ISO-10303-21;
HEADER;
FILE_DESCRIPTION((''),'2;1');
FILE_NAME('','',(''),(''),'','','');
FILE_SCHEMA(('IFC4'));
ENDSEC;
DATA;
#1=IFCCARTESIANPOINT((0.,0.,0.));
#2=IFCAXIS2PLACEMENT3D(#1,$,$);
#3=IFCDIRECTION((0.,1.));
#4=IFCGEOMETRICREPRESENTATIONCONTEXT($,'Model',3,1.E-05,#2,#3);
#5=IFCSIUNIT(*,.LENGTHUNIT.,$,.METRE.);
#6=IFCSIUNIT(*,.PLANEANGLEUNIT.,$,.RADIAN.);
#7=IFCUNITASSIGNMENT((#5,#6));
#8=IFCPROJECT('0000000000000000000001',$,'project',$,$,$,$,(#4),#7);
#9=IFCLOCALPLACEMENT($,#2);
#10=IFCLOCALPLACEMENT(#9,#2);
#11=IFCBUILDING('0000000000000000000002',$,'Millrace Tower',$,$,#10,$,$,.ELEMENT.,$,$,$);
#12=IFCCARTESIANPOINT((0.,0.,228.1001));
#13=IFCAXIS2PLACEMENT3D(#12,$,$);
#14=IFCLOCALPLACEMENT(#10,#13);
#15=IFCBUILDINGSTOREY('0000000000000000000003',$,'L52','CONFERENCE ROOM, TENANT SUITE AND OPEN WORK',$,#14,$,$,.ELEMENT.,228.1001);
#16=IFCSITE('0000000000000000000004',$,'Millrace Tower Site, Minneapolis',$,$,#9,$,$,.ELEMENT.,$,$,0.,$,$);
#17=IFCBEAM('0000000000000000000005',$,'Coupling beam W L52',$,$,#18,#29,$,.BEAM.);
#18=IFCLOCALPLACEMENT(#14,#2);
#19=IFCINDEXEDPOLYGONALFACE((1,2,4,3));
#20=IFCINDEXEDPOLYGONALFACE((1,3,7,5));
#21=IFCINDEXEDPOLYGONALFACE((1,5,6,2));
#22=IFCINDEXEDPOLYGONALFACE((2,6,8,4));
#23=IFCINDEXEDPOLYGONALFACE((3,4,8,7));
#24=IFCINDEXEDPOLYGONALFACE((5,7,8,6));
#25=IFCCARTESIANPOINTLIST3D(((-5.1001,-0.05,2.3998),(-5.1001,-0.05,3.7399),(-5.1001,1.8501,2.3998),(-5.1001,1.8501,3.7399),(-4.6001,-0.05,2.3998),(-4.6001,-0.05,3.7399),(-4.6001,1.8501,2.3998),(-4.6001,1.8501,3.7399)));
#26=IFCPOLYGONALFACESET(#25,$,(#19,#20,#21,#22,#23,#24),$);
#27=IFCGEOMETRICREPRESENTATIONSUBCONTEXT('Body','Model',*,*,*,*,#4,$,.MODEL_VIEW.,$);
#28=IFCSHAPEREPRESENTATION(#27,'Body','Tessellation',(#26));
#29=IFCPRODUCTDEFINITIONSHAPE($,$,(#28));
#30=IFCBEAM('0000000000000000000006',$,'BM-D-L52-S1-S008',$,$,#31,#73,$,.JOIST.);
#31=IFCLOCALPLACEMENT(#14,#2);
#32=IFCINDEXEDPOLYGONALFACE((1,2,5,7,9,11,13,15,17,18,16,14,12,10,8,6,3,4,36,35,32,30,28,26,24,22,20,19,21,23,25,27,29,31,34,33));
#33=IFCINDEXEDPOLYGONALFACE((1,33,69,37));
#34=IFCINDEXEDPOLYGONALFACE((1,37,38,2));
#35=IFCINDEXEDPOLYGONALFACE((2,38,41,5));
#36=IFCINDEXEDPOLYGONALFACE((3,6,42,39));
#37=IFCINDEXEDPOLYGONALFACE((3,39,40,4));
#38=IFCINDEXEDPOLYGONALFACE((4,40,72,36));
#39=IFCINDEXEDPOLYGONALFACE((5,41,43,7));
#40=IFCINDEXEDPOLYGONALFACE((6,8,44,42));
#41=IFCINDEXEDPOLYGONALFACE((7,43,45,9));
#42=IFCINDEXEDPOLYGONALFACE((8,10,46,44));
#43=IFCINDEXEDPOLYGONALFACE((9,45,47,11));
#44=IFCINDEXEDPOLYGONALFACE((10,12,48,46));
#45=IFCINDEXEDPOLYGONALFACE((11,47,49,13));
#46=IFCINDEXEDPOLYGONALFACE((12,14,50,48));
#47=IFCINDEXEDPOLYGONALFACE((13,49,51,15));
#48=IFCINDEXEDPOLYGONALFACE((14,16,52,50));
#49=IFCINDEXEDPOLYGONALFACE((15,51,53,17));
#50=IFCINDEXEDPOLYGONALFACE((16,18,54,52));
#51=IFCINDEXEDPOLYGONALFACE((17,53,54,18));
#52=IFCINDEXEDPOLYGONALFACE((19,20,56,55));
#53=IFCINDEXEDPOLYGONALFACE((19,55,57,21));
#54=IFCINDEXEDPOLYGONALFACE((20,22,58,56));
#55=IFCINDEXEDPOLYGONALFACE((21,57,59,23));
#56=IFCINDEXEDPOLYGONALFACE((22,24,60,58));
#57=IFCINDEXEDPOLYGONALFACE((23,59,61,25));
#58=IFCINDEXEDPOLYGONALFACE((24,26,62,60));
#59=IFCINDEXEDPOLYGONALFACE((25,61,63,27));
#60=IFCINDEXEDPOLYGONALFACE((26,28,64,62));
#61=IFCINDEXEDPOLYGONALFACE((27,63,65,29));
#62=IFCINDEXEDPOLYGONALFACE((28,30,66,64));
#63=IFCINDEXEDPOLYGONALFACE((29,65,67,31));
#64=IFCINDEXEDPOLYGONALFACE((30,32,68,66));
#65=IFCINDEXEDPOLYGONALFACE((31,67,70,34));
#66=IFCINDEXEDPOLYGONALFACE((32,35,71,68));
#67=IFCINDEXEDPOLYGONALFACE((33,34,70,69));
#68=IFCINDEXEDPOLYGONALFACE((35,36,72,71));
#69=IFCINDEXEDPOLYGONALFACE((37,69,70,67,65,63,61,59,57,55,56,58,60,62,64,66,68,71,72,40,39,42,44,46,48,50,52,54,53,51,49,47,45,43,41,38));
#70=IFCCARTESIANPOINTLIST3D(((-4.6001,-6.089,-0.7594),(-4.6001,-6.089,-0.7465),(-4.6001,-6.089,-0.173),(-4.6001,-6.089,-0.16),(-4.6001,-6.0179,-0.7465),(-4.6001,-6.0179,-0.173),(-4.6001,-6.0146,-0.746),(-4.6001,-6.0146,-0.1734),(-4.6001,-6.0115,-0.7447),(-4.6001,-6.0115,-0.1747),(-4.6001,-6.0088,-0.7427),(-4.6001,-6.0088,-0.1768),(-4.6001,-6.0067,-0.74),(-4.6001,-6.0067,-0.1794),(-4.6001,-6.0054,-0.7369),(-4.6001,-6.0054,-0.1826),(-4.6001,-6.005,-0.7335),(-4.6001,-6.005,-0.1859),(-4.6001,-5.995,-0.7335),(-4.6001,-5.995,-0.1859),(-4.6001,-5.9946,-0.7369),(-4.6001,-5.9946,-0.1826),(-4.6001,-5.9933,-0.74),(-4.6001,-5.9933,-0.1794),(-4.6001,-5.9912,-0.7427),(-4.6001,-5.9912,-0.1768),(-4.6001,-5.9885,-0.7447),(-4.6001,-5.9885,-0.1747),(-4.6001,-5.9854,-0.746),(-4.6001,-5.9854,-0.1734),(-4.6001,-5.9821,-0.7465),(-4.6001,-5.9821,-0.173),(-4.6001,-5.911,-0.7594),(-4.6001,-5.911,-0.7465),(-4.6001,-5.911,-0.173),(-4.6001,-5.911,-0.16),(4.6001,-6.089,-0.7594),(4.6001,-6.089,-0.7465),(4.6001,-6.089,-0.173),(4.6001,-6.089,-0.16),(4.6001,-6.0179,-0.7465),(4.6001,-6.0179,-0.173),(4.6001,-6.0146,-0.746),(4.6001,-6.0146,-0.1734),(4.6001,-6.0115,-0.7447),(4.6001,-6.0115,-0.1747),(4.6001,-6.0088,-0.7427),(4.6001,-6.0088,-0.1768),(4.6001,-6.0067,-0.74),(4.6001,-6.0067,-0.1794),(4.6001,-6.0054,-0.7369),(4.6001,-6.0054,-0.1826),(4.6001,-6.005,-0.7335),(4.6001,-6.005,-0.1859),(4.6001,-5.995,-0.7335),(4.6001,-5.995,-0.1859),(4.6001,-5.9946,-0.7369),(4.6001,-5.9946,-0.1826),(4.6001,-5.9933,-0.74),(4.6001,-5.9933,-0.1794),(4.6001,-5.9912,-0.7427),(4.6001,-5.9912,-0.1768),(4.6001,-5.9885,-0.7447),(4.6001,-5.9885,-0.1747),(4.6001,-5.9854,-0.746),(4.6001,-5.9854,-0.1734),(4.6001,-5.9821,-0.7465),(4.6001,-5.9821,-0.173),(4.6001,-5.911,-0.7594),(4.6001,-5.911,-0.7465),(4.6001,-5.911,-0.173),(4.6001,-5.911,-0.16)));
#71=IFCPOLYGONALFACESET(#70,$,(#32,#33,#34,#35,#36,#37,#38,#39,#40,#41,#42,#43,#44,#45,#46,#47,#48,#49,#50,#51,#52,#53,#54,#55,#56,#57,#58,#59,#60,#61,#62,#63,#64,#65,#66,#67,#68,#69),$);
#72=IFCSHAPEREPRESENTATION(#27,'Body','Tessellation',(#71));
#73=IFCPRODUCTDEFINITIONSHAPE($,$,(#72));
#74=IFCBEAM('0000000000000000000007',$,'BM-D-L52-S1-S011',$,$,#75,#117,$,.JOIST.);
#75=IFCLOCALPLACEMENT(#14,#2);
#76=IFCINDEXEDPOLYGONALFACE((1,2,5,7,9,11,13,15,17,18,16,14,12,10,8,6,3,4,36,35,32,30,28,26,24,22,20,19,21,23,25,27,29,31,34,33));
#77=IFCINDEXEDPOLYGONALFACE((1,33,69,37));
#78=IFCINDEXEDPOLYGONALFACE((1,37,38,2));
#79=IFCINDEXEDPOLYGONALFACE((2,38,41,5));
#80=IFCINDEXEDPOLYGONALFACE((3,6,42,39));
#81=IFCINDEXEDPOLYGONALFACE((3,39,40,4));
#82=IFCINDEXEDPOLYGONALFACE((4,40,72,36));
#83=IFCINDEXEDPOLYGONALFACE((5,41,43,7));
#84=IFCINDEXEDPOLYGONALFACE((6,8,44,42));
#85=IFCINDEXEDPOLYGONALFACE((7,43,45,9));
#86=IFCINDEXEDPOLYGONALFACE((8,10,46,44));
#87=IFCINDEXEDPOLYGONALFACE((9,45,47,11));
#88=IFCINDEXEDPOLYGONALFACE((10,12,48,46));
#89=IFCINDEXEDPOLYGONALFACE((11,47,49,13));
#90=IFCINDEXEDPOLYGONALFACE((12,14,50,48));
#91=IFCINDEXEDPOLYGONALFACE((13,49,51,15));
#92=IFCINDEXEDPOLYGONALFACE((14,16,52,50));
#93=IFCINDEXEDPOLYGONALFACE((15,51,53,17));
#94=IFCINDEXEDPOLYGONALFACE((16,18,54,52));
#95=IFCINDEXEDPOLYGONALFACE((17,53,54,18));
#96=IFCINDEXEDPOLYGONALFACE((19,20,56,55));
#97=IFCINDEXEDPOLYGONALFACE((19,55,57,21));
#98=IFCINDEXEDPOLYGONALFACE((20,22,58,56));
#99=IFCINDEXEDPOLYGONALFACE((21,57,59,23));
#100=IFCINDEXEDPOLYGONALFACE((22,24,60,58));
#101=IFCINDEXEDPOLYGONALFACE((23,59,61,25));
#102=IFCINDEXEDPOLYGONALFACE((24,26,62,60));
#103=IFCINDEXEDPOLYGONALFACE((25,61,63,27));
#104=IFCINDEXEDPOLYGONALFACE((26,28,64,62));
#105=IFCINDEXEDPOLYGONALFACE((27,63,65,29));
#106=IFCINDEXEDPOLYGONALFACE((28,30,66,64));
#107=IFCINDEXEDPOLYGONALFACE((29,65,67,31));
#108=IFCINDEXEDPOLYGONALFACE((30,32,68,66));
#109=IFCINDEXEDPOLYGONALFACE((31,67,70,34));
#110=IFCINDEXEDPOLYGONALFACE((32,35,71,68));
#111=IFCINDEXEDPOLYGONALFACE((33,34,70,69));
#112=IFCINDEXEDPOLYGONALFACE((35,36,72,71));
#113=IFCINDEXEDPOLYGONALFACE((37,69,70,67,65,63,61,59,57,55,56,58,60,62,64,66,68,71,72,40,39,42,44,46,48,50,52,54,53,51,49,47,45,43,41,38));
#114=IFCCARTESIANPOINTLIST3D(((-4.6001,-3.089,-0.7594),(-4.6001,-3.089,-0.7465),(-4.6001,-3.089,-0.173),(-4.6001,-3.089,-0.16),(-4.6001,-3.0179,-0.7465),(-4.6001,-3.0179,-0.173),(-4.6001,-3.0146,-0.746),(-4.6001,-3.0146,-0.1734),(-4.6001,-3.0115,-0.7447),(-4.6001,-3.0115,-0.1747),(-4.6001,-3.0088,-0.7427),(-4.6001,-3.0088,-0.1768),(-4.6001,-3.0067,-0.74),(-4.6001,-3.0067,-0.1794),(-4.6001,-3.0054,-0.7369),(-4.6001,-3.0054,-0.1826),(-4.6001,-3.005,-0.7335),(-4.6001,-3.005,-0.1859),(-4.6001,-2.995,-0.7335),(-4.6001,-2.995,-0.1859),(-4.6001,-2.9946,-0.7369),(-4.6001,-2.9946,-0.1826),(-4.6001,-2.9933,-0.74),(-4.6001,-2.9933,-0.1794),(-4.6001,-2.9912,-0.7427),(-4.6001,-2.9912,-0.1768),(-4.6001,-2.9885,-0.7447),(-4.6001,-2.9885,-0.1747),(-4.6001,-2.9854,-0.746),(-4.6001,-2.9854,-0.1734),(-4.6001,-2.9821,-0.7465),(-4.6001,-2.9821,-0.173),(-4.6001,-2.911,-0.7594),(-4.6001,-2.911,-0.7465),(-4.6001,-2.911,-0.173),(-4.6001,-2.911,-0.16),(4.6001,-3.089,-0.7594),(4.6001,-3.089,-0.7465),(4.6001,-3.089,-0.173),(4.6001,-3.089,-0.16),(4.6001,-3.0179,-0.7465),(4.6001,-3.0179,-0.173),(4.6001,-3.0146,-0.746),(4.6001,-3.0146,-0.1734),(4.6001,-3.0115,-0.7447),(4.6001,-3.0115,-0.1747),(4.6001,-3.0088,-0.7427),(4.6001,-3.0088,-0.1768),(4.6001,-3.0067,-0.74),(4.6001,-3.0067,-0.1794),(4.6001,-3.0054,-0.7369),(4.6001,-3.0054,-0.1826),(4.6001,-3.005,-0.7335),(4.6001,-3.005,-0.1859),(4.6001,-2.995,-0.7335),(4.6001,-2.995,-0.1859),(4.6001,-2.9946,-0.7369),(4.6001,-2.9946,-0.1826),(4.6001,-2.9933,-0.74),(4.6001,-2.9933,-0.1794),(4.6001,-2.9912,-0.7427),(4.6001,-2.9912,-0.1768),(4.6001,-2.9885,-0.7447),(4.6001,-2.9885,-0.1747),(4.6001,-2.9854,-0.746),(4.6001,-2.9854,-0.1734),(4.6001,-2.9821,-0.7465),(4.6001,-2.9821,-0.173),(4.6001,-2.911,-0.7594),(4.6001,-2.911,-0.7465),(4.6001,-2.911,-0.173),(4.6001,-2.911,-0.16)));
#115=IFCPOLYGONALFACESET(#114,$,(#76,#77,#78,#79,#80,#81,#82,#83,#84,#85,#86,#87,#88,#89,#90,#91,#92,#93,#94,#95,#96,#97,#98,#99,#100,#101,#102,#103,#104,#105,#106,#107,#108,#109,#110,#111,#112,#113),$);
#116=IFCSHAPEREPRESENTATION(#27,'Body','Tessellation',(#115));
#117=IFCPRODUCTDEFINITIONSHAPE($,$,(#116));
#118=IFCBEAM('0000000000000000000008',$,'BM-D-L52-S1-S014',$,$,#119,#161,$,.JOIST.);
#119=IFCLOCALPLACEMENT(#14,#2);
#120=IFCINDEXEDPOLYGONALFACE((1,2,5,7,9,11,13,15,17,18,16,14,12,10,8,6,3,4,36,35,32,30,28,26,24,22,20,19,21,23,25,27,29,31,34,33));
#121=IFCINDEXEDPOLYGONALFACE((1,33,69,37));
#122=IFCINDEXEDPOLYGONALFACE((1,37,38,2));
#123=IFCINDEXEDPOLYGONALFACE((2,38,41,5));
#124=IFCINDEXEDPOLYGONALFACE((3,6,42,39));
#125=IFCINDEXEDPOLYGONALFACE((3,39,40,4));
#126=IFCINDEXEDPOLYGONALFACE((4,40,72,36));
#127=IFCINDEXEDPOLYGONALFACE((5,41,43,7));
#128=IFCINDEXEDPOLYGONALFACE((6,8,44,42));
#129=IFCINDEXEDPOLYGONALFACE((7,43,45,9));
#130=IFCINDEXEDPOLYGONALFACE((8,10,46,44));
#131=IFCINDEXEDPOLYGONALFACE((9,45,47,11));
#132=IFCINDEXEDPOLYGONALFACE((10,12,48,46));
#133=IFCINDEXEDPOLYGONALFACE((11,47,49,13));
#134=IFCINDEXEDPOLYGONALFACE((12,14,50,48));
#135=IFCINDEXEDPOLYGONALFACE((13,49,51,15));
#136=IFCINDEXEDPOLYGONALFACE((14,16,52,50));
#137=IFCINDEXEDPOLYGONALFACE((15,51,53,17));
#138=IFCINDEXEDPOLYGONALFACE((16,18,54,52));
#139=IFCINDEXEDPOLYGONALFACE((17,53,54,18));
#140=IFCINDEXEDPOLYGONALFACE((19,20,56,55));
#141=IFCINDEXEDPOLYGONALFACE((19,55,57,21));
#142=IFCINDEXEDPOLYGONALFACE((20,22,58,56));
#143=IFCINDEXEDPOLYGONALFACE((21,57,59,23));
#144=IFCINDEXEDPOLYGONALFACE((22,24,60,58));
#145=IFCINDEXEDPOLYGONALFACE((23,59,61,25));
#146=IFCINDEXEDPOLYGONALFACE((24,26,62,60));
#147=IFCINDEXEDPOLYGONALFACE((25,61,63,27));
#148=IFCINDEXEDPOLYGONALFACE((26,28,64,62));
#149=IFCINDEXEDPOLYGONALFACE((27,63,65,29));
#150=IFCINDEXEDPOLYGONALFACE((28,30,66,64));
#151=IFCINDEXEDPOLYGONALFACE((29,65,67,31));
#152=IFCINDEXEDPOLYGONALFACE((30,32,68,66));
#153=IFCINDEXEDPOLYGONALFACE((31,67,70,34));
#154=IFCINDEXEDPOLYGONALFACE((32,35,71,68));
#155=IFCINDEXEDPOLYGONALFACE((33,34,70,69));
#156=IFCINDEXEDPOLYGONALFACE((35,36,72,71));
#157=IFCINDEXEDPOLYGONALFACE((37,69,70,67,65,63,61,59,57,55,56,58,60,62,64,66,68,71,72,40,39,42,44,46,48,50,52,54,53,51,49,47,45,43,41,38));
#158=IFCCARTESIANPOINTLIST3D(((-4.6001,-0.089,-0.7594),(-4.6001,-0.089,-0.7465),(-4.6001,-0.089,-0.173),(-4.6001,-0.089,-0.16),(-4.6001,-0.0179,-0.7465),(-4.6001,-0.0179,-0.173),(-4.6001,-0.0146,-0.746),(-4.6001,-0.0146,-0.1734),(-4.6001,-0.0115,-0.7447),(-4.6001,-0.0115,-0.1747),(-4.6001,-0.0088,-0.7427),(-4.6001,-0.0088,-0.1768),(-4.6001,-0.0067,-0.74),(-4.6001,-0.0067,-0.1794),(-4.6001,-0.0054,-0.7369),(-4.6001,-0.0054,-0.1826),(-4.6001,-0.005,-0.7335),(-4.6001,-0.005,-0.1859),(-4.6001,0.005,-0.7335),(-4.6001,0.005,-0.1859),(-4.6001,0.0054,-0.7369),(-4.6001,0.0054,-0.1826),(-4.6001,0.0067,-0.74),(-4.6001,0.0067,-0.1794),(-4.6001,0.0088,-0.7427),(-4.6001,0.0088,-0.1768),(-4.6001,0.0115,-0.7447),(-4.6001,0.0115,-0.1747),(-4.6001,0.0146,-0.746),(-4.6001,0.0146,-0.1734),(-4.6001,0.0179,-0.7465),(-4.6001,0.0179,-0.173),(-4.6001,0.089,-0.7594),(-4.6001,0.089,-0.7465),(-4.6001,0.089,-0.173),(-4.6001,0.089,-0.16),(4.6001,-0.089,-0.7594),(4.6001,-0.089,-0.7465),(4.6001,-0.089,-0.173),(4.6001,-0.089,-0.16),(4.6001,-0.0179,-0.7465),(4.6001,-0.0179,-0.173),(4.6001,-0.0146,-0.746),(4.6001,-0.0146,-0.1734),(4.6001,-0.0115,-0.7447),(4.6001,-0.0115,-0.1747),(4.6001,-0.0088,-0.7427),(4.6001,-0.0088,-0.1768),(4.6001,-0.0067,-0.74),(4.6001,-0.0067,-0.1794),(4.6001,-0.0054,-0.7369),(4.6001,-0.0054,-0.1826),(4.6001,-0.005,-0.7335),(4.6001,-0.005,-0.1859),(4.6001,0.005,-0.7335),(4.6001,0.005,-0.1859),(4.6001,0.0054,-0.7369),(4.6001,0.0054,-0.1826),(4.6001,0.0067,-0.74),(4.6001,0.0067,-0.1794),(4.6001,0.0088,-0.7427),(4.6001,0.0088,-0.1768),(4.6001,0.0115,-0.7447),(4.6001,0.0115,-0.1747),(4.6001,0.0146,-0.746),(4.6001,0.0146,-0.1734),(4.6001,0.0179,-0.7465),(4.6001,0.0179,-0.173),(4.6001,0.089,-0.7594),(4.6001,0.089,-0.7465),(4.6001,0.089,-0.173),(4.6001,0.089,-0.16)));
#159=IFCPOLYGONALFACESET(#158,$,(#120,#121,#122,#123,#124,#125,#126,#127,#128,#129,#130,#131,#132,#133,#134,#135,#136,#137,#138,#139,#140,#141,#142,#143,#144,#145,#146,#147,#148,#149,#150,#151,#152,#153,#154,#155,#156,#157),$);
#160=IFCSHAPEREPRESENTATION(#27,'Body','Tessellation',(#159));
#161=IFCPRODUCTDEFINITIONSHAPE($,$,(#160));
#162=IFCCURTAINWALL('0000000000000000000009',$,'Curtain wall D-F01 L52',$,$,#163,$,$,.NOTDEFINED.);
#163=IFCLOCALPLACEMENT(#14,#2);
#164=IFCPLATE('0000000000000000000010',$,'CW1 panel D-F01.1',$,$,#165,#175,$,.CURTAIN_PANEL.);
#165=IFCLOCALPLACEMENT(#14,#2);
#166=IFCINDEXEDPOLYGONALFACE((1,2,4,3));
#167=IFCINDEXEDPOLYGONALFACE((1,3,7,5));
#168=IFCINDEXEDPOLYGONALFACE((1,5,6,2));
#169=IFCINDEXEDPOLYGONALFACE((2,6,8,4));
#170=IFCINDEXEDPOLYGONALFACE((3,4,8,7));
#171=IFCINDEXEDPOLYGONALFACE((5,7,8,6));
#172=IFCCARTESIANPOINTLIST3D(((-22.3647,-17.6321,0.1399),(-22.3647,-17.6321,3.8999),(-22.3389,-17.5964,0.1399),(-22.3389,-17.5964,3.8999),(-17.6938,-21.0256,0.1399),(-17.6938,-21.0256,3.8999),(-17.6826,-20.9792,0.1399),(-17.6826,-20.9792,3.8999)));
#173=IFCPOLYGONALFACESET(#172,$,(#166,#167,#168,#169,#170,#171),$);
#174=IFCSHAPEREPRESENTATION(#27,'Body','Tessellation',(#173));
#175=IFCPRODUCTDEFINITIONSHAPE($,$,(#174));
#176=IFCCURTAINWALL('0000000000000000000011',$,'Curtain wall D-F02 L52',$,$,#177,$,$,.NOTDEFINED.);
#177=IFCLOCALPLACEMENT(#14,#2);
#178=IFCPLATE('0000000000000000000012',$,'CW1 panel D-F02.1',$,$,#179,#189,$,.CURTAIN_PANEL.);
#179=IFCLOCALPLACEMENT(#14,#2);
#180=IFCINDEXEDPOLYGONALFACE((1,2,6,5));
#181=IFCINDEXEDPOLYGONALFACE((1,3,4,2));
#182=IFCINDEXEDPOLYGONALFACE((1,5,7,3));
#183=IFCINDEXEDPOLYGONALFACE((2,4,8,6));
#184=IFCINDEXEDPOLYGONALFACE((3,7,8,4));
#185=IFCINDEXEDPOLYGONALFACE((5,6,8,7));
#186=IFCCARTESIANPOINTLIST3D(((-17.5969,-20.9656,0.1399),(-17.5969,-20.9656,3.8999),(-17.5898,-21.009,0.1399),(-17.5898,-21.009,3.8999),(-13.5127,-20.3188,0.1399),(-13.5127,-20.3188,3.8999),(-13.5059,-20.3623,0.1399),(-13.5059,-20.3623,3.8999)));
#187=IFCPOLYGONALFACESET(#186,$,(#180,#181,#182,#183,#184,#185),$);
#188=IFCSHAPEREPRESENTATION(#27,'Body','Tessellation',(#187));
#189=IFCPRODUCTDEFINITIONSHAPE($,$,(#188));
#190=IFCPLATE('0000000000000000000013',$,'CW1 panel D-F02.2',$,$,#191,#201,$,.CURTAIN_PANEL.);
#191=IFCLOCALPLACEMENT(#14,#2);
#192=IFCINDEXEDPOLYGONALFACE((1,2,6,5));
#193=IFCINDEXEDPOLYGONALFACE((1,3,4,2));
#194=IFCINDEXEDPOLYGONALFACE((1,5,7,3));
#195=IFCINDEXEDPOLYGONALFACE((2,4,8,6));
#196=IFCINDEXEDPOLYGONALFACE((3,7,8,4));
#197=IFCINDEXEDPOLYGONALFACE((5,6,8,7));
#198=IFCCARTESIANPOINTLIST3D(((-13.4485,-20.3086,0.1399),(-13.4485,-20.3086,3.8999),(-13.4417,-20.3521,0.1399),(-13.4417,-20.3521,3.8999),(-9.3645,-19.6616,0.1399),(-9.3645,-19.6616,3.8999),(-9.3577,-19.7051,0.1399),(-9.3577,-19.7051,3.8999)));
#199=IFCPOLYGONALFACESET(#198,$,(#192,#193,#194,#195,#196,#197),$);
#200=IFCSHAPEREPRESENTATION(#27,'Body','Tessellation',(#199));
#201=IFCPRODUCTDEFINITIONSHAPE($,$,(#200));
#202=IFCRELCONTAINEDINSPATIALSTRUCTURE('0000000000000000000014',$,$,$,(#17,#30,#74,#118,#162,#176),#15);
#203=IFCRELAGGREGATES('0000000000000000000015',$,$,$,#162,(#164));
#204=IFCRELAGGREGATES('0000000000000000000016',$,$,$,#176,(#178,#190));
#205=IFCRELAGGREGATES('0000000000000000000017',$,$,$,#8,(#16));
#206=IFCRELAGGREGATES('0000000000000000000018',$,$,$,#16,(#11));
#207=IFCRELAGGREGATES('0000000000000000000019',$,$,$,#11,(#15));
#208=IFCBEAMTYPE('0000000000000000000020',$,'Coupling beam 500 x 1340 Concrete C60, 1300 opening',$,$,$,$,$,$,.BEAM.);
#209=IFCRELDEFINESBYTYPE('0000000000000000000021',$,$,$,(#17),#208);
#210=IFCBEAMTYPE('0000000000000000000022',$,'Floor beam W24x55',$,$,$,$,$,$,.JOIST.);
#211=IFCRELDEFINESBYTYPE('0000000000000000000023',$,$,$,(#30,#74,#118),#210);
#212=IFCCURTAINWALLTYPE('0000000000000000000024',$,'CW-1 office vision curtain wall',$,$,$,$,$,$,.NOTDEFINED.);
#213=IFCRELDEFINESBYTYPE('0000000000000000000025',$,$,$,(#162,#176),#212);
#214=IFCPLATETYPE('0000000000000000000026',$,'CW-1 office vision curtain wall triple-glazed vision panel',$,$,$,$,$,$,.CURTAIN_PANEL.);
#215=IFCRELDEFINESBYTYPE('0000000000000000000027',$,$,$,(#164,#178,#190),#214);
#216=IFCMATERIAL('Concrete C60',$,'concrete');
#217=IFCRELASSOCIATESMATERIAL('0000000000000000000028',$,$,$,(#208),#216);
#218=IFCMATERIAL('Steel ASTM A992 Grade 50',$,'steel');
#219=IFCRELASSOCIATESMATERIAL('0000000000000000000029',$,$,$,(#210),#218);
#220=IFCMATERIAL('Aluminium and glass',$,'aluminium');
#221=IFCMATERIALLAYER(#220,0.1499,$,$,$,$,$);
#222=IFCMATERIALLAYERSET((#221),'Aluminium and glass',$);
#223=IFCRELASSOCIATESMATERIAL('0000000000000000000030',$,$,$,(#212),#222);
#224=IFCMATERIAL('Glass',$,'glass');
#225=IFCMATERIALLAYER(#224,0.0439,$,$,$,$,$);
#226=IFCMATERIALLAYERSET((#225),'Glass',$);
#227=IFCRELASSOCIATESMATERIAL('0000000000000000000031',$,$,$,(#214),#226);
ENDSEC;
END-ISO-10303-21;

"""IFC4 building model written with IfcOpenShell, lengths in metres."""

from ifc_helpers import new_model, si_unit, direction, frame, origin, origin_2d, place, context, subcontext, project, spatial, polyline, rectangle, i_section, outline, extrude, material, layer, layer_set, material_profile, profile_set, type_object, element, aggregate, save


model = new_model("IFC4")

# Units and contexts
model_context = context("Model", 3, precision=1e-05, world=origin(), true_north=direction((0.0, 1.0)))
body_context = subcontext(model_context, "Body", "Model", "MODEL_VIEW")
ifc_project = project(units=[si_unit("LENGTHUNIT", "METRE"), si_unit("PLANEANGLEUNIT", "RADIAN")], contexts=[model_context])

# Site, building, storey
site_placement = place(None, origin())
site = spatial("IfcSite", under=ifc_project, at=site_placement, Name="Millrace Tower Site, Minneapolis", CompositionType="ELEMENT", RefElevation=0.0)
building_placement = place(site_placement, origin())
building = spatial("IfcBuilding", under=site, at=building_placement, Name="Millrace Tower", CompositionType="ELEMENT")
storey_placement = place(building_placement, frame((0.0, 0.0, 228.1001)))
storey = spatial("IfcBuildingStorey", under=building, at=storey_placement, Name="L52", Description="CONFERENCE ROOM, TENANT SUITE AND OPEN WORK", CompositionType="ELEMENT", Elevation=228.1001)

# Beams
ifc_material_1 = material(Name="Concrete C60", Category="concrete")
ifc_material_profile_1 = material_profile(ifc_material_1, rectangle(XDim=0.5, YDim=1.3401, at=origin_2d()))
ifc_profile_set_1 = profile_set([ifc_material_profile_1], Name="Concrete C60")
beam_type_1 = type_object("IfcBeamType", Name="Coupling beam 500 x 1340 Concrete C60, 1300 opening", PredefinedType="BEAM", material=ifc_profile_set_1)
beam_placement = place(storey_placement, frame((-4.8501, -0.05, 3.0698), z_axis=(0.0, 1.0, 0.0), x_axis=(-1.0, 0.0, 0.0)))
element("IfcBeam", 1, at=beam_placement, inside=storey, type_object=beam_type_1, Name="Coupling beam W L52", PredefinedType="BEAM", context=body_context, shape_type="SweptSolid", body=[
    extrude(rectangle(XDim=0.5, YDim=1.3401, at=origin_2d()), origin(), (0.0, 0.0, 1.0), 1.9001),
])
ifc_material_2 = material(Name="Steel ASTM A992 Grade 50", Category="steel")
ifc_material_profile_2 = material_profile(ifc_material_2, i_section(OverallWidth=0.178, OverallDepth=0.5994, WebThickness=0.01, FlangeThickness=0.0129, FilletRadius=0.0129, at=origin_2d()))
ifc_profile_set_2 = profile_set([ifc_material_profile_2], Name="Steel ASTM A992 Grade 50")
beam_type_2 = type_object("IfcBeamType", Name="Floor beam W24x55", PredefinedType="JOIST", material=ifc_profile_set_2)
for number, where, z_axis, x_axis, name in (
    (2, (-4.6001, -6.0, -0.4597), (1.0, 0.0, 0.0), (0.0, 1.0, 0.0), "BM-D-L52-S1-S008"),
    (3, (-4.6001, -3.0, -0.4597), (1.0, 0.0, 0.0), (0.0, 1.0, 0.0), "BM-D-L52-S1-S011"),
    (4, (-4.6001, 0.0, -0.4597), (1.0, 0.0, 0.0), (0.0, 1.0, 0.0), "BM-D-L52-S1-S014"),
):
    element("IfcBeam", number, at=place(storey_placement, frame(where, z_axis=z_axis, x_axis=x_axis)), inside=storey, type_object=beam_type_2, Name=name, PredefinedType="JOIST", context=body_context, shape_type="SweptSolid", body=[
        extrude(i_section(OverallWidth=0.178, OverallDepth=0.5994, WebThickness=0.01, FlangeThickness=0.0129, FilletRadius=0.0129, at=origin_2d()), origin(), (0.0, 0.0, 1.0), 9.2002),
    ])

# Curtain wall, plate
ifc_material_3 = material(Name="Aluminium and glass", Category="aluminium")
ifc_layer_1 = layer(ifc_material_3, 0.1499)
ifc_layer_set_1 = layer_set([ifc_layer_1], Name="Aluminium and glass")
curtain_wall_type = type_object("IfcCurtainWallType", Name="CW-1 office vision curtain wall", PredefinedType="NOTDEFINED", material=ifc_layer_set_1)
placement_1 = place(storey_placement, origin())
curtain_wall_1 = element("IfcCurtainWall", 5, at=placement_1, inside=storey, type_object=curtain_wall_type, Name="Curtain wall D-F01 L52", PredefinedType="NOTDEFINED")
ifc_material_4 = material(Name="Glass", Category="glass")
ifc_layer_2 = layer(ifc_material_4, 0.0439)
ifc_layer_set_2 = layer_set([ifc_layer_2], Name="Glass")
plate_type = type_object("IfcPlateType", Name="CW-1 office vision curtain wall triple-glazed vision panel", PredefinedType="CURTAIN_PANEL", material=ifc_layer_set_2)
placement_2 = place(storey_placement, frame((0.0, 0.0, 0.1399)))
plate_1 = element("IfcPlate", 6, at=placement_2, type_object=plate_type, Name="CW1 panel D-F01.1", PredefinedType="CURTAIN_PANEL", context=body_context, shape_type="SweptSolid", body=[
    extrude(outline(polyline([(-22.3647, -17.6321), (-17.6938, -21.0256), (-17.6826, -20.9792), (-22.3389, -17.5964), (-22.3647, -17.6321)])), origin(), (0.0, 0.0, 1.0), 3.76),
])
aggregate(curtain_wall_1, [plate_1])

# Curtain wall, plates
curtain_wall_2 = element("IfcCurtainWall", 7, at=placement_1, inside=storey, type_object=curtain_wall_type, Name="Curtain wall D-F02 L52", PredefinedType="NOTDEFINED")
plate_2 = element("IfcPlate", 8, at=placement_2, type_object=plate_type, Name="CW1 panel D-F02.1", PredefinedType="CURTAIN_PANEL", context=body_context, shape_type="SweptSolid", body=[
    extrude(outline(polyline([(-17.5898, -21.009), (-13.5059, -20.3623), (-13.5127, -20.3188), (-17.5969, -20.9656), (-17.5898, -21.009)])), origin(), (0.0, 0.0, 1.0), 3.76),
])
plate_3 = element("IfcPlate", 9, at=placement_2, type_object=plate_type, Name="CW1 panel D-F02.2", PredefinedType="CURTAIN_PANEL", context=body_context, shape_type="SweptSolid", body=[
    extrude(outline(polyline([(-13.4417, -20.3521), (-9.3577, -19.7051), (-9.3645, -19.6616), (-13.4485, -20.3086), (-13.4417, -20.3521)])), origin(), (0.0, 0.0, 1.0), 3.76),
])
aggregate(curtain_wall_2, [plate_2, plate_3])

save(model, "model.ifc")
